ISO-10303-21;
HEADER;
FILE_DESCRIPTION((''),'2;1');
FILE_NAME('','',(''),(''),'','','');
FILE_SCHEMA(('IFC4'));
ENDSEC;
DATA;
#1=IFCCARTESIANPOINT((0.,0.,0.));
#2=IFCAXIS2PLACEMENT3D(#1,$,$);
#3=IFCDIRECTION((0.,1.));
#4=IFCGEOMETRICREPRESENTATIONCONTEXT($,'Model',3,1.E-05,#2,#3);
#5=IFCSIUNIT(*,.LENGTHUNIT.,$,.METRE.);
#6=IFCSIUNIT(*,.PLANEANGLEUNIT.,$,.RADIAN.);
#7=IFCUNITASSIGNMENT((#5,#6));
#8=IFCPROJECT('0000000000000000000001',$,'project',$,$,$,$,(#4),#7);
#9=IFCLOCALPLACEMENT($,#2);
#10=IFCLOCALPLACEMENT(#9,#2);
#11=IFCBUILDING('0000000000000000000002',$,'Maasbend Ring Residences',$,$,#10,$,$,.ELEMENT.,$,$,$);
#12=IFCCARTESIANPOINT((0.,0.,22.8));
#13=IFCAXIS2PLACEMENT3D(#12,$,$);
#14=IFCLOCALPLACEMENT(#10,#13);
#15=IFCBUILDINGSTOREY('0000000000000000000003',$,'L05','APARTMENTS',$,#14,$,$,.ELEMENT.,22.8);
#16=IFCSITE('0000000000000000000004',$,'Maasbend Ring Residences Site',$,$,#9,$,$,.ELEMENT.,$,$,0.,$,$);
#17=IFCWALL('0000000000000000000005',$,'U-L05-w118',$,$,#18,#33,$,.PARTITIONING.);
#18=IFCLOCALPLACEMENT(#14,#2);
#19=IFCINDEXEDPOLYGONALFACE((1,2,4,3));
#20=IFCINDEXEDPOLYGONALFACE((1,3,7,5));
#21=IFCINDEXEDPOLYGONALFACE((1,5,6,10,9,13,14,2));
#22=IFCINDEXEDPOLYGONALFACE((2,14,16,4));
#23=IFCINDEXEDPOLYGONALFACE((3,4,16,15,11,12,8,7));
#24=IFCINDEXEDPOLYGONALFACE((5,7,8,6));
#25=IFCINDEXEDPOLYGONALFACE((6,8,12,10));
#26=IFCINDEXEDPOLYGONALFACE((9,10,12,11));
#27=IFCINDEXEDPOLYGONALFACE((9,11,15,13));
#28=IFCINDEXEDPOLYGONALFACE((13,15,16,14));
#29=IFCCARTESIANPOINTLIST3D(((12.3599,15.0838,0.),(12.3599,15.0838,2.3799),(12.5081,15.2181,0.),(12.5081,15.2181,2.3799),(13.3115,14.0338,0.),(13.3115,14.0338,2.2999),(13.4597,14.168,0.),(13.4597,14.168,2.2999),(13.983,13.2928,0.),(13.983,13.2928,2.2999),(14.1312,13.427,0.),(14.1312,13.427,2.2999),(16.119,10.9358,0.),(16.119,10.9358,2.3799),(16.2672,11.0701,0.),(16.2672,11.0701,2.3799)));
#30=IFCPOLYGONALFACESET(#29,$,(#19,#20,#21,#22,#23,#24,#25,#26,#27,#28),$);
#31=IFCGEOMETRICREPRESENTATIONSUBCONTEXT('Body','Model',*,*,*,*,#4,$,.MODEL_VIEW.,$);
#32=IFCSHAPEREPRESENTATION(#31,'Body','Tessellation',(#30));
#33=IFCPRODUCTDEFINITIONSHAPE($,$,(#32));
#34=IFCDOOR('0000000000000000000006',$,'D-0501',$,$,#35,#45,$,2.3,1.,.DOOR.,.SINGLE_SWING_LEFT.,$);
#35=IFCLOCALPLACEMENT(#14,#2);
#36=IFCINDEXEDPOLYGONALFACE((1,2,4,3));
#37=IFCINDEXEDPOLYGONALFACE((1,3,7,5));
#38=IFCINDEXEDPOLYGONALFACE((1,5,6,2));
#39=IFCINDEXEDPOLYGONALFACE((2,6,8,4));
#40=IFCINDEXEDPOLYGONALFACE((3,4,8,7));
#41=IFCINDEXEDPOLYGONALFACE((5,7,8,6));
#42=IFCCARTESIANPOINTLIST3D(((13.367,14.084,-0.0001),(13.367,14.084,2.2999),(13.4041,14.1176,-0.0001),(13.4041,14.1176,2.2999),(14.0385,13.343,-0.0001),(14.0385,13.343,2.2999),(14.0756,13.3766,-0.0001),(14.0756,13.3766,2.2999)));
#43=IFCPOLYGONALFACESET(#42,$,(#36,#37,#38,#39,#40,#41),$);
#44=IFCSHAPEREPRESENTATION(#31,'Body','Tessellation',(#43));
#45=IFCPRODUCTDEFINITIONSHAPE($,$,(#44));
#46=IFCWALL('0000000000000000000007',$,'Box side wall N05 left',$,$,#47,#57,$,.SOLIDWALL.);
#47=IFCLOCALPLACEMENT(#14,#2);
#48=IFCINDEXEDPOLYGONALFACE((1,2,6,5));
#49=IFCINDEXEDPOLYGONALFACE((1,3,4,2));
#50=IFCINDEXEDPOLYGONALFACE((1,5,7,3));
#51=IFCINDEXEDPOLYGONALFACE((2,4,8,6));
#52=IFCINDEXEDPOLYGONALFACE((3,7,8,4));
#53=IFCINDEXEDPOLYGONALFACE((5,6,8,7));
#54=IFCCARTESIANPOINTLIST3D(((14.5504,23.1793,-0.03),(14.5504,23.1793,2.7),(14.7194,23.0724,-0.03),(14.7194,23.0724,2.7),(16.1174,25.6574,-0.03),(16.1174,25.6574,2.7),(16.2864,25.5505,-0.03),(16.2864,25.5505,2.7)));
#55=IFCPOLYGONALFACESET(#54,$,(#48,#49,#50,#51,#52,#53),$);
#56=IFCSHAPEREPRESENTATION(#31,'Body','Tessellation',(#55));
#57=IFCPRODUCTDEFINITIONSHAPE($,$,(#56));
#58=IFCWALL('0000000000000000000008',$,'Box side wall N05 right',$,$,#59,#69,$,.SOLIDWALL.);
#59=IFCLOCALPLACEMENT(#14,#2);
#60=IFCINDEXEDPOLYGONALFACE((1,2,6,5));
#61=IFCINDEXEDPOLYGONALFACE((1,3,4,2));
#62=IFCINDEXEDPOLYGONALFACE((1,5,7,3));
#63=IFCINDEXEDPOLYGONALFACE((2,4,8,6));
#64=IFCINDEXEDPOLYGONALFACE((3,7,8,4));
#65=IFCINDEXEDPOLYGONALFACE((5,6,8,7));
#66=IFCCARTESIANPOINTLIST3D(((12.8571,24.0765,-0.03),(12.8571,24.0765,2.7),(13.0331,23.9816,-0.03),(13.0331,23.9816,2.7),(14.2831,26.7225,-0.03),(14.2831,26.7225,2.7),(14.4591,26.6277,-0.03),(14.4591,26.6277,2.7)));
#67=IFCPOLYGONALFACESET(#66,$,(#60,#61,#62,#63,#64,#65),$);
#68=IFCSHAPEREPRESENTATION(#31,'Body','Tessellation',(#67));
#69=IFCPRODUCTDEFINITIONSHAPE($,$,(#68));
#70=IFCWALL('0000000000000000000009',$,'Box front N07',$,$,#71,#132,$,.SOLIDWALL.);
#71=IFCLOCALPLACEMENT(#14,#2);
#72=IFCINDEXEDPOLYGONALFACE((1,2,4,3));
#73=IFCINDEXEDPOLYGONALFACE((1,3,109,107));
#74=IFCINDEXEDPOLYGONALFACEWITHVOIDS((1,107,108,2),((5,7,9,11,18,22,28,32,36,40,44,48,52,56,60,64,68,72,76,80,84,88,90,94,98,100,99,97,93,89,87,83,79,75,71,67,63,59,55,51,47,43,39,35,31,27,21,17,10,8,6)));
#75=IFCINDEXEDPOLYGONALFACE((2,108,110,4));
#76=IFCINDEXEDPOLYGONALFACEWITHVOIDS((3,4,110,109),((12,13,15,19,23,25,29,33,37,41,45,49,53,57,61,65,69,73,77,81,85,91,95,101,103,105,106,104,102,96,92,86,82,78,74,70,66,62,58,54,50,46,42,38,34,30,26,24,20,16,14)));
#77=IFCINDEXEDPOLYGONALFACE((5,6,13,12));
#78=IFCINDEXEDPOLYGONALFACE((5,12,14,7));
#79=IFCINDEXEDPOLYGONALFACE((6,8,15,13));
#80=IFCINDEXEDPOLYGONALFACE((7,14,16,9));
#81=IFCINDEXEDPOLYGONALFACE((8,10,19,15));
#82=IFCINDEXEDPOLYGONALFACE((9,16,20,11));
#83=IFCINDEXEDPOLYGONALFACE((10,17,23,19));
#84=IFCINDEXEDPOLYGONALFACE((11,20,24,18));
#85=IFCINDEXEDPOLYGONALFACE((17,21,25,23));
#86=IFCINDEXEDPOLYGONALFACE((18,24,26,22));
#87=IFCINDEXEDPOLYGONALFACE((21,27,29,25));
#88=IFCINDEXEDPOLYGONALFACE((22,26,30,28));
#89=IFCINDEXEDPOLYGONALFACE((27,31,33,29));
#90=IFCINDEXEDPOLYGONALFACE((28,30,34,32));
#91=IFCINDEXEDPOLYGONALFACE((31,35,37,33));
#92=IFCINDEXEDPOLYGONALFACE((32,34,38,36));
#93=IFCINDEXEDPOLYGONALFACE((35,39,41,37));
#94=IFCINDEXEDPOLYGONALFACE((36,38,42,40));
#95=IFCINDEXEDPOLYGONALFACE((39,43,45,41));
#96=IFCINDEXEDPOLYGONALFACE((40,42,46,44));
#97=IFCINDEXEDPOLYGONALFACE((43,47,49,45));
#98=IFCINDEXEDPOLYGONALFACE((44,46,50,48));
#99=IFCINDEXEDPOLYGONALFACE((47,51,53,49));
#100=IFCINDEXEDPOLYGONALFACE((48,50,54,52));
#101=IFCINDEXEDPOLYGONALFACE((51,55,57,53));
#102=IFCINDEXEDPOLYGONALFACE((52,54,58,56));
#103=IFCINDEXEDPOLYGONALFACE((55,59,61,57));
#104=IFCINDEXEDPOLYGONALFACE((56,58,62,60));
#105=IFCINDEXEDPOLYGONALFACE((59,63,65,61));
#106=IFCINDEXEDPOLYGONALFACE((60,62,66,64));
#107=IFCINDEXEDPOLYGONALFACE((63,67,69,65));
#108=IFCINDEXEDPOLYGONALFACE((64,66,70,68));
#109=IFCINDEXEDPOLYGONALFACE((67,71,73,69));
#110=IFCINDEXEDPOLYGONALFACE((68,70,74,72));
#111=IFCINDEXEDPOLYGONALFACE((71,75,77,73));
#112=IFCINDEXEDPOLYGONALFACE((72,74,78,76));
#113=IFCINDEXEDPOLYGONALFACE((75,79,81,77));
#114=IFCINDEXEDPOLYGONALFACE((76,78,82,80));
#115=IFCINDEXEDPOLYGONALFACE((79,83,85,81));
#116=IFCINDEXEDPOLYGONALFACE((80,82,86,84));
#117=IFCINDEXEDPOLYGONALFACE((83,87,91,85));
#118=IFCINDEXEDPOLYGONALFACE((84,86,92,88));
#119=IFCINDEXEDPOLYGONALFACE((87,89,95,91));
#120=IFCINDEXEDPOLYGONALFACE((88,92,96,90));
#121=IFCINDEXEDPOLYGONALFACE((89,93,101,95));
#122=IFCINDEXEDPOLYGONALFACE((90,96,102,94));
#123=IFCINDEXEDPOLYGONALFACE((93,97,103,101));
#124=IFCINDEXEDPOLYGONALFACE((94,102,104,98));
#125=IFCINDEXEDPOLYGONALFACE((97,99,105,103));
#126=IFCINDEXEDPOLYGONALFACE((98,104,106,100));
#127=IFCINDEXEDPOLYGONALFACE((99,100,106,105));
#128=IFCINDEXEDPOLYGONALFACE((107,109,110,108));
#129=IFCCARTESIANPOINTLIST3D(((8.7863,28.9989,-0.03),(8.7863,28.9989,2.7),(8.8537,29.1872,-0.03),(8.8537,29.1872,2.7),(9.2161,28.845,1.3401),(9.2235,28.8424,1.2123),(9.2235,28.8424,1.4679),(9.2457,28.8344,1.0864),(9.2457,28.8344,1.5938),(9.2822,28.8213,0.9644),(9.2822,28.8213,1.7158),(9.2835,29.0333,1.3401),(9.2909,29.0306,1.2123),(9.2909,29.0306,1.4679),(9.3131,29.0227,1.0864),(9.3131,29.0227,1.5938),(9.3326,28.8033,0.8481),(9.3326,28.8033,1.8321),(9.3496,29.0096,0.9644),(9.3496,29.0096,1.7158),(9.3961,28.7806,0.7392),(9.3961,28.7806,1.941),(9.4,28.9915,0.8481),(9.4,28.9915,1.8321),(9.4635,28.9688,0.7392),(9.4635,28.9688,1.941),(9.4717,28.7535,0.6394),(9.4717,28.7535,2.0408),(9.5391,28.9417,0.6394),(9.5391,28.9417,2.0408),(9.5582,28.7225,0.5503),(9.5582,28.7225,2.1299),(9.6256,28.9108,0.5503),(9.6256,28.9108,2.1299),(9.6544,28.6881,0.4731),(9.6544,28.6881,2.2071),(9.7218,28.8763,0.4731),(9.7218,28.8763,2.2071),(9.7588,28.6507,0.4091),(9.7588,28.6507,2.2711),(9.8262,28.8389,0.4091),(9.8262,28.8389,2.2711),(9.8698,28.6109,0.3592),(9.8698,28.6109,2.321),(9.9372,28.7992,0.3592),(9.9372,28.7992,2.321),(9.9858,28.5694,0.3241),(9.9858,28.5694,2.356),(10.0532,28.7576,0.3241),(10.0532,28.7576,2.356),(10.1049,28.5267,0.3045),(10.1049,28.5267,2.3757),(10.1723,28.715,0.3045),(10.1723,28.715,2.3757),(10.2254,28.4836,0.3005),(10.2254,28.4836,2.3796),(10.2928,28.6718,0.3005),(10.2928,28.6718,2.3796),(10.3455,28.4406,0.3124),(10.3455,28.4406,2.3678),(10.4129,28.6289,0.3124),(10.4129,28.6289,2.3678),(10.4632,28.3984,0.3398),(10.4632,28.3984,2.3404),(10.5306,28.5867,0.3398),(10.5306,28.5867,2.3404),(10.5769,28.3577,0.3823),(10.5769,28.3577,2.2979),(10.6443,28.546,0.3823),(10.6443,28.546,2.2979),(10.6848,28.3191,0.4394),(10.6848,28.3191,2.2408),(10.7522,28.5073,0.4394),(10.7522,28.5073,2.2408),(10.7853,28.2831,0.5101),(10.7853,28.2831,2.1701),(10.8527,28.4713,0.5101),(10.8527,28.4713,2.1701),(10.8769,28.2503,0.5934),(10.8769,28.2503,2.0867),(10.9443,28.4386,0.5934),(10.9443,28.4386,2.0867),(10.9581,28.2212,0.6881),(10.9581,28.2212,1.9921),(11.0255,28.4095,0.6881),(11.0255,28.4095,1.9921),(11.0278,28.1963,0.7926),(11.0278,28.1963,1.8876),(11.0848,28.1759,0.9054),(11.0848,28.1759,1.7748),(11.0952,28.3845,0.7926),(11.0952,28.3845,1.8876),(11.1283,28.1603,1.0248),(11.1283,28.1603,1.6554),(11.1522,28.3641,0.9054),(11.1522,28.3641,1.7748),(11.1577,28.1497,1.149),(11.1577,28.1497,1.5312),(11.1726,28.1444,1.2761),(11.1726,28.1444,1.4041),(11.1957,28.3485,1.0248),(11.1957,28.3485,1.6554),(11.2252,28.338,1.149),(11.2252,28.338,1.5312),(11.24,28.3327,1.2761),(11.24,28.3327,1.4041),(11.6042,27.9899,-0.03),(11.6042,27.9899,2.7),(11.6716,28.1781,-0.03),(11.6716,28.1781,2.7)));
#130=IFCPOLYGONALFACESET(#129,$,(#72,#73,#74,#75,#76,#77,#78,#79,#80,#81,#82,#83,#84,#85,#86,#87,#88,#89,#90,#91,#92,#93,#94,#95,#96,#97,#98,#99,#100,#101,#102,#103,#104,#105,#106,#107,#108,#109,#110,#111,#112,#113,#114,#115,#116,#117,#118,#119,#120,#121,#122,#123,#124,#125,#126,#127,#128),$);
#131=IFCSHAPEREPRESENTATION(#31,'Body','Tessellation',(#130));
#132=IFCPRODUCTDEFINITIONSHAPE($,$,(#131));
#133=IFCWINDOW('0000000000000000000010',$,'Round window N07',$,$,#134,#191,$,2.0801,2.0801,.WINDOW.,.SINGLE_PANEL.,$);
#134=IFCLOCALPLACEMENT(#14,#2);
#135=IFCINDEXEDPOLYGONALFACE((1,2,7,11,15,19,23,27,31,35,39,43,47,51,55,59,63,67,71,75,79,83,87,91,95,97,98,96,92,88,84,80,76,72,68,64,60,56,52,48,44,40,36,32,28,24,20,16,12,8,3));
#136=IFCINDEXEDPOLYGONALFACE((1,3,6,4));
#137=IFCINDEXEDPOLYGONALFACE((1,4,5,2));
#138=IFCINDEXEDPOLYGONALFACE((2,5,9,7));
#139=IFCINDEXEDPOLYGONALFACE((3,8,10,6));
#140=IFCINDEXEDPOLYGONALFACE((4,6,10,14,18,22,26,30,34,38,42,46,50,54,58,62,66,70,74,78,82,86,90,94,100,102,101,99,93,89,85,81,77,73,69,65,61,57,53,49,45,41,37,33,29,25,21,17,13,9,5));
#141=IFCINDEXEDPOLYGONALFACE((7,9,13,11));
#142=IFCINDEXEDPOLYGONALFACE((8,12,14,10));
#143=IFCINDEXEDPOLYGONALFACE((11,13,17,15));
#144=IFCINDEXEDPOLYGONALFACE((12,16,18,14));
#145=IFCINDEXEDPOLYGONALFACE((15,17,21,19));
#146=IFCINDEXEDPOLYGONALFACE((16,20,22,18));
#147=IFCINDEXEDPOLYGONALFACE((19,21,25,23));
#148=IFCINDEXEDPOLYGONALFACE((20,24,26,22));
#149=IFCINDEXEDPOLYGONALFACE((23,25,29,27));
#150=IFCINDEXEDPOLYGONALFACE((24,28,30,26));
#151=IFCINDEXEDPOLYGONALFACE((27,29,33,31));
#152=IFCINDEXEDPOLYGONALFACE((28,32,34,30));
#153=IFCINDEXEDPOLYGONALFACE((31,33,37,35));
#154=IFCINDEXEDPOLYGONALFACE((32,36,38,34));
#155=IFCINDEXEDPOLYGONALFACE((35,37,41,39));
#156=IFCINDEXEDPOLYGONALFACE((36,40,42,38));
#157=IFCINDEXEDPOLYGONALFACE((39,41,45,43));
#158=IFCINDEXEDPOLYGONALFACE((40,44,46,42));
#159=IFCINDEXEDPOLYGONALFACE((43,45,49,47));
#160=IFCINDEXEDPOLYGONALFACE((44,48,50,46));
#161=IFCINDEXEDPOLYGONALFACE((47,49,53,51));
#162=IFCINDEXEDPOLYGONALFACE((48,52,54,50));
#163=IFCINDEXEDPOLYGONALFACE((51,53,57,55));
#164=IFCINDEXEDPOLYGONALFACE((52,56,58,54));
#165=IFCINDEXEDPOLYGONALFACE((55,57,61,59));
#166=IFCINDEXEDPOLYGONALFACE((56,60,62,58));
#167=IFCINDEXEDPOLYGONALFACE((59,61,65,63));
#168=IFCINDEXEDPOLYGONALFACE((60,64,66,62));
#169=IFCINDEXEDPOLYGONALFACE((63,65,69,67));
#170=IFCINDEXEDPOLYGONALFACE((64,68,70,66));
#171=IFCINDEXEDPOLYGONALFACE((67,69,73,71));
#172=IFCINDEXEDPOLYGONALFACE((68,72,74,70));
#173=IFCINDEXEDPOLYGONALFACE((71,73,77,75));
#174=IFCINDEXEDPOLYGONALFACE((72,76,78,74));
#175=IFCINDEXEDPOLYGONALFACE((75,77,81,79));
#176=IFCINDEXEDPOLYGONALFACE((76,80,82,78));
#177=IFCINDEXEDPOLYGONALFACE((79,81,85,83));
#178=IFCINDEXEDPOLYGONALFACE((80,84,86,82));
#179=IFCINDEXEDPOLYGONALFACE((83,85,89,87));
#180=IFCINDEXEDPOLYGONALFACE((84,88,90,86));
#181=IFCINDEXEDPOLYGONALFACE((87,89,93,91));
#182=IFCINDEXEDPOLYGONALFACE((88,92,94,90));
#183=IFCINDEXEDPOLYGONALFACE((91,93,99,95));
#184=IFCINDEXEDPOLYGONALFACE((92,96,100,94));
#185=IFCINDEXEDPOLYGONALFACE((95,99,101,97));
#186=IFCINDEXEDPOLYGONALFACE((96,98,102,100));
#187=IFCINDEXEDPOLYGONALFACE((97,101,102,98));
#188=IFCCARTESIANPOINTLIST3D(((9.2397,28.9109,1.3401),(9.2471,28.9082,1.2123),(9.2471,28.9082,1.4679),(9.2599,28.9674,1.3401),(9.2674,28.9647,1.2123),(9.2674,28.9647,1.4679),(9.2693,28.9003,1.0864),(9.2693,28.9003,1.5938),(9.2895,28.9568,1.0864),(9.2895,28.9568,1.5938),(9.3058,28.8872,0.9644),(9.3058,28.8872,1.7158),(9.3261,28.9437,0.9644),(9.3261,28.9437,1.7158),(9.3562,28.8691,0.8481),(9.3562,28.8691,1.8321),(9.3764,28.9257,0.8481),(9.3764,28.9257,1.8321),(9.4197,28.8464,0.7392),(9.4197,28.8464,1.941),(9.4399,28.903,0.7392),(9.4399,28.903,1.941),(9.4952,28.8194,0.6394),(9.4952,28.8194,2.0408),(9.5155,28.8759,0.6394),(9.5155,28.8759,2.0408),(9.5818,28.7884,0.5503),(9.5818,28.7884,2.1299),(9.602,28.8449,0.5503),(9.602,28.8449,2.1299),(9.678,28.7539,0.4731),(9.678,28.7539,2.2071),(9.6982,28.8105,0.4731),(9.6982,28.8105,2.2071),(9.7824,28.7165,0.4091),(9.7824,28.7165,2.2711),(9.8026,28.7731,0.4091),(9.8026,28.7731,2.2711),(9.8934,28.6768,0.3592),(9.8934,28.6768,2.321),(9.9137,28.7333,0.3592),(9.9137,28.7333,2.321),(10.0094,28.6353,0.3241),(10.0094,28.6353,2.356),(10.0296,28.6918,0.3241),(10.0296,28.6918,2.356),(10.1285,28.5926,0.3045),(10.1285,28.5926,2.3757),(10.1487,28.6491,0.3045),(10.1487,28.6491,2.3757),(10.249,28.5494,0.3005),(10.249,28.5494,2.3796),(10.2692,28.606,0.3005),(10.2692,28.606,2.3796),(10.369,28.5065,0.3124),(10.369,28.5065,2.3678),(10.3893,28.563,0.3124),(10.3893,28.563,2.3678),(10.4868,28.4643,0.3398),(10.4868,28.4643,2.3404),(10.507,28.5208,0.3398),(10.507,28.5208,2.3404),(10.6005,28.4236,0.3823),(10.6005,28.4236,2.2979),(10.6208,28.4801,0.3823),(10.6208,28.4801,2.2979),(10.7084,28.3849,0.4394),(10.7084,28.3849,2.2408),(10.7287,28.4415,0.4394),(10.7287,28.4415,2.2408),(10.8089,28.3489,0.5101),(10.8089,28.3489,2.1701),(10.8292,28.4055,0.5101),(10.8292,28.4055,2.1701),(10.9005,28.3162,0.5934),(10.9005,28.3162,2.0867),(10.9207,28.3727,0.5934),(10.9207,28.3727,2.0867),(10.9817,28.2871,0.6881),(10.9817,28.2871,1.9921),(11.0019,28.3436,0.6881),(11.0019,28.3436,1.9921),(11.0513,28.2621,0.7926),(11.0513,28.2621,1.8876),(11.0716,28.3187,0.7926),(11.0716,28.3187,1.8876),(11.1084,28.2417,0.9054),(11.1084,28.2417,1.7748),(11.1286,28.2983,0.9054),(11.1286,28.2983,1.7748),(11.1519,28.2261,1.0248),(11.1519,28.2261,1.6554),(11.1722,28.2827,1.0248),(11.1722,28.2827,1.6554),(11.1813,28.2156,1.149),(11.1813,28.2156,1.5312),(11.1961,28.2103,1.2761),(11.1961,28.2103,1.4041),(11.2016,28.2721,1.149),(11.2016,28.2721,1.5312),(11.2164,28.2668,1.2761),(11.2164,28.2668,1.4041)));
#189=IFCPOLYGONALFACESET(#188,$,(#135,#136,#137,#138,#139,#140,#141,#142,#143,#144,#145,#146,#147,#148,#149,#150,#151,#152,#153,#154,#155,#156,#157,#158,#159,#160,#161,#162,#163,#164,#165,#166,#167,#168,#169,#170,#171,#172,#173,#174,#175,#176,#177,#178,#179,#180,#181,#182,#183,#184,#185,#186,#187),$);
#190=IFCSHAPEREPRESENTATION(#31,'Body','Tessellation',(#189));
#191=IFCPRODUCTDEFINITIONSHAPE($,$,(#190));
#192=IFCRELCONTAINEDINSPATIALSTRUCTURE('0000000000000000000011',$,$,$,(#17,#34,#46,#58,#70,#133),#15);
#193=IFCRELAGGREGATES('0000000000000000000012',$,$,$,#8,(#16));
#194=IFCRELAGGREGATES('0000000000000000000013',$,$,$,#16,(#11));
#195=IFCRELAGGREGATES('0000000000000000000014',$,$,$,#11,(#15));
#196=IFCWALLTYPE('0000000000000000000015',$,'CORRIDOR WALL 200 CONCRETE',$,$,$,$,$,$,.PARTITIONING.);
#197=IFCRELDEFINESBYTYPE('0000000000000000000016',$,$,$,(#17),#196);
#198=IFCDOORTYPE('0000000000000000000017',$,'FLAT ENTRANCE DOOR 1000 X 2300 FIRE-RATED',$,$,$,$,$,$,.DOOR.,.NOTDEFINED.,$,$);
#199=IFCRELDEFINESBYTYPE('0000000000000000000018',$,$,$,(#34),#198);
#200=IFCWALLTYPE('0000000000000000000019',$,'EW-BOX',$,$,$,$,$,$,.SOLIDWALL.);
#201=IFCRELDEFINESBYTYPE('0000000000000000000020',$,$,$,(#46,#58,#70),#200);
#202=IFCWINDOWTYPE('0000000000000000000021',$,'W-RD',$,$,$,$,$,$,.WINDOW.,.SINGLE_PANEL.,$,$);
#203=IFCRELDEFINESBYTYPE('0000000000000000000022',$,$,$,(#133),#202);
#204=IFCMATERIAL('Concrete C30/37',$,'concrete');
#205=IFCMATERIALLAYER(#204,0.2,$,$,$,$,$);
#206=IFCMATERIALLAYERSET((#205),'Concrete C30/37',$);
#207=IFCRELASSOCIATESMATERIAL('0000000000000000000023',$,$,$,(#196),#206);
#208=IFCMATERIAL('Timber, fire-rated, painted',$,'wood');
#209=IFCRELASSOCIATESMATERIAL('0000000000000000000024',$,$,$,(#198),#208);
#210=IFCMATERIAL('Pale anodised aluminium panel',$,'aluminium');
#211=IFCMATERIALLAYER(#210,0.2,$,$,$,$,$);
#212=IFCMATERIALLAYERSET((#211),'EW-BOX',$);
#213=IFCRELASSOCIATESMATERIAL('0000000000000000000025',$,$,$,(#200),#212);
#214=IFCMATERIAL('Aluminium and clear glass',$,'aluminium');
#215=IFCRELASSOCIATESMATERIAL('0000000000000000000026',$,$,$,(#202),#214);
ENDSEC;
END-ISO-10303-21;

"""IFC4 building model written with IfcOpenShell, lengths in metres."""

from ifc_helpers import new_model, si_unit, direction, frame, frame_2d, origin, place, context, subcontext, project, spatial, rectangle, circle, extrude, material, layer, layer_set, type_object, element, fill, save


model = new_model("IFC4")

# Units and contexts
model_context = context("Model", 3, precision=1e-05, world=origin(), true_north=direction((0.0, 1.0)))
body_context = subcontext(model_context, "Body", "Model", "MODEL_VIEW")
ifc_project = project(units=[si_unit("LENGTHUNIT", "METRE"), si_unit("PLANEANGLEUNIT", "RADIAN")], contexts=[model_context])

# Site, building, storey
site_placement = place(None, origin())
site = spatial("IfcSite", under=ifc_project, at=site_placement, Name="Maasbend Ring Residences Site", CompositionType="ELEMENT", RefElevation=0.0)
building_placement = place(site_placement, origin())
building = spatial("IfcBuilding", under=site, at=building_placement, Name="Maasbend Ring Residences", CompositionType="ELEMENT")
storey_placement = place(building_placement, frame((0.0, 0.0, 22.8)))
storey = spatial("IfcBuildingStorey", under=building, at=storey_placement, Name="L05", Description="APARTMENTS", CompositionType="ELEMENT", Elevation=22.8)

# Shared definitions
ifc_material_1 = material(Name="Concrete C30/37", Category="concrete")
ifc_layer_1 = layer(ifc_material_1, 0.2)
ifc_layer_set_1 = layer_set([ifc_layer_1], Name="Concrete C30/37")
wall_type_1 = type_object("IfcWallType", Name="CORRIDOR WALL 200 CONCRETE", PredefinedType="PARTITIONING", material=ifc_layer_set_1)

# Wall, opening, door
wall_1_placement = place(storey_placement, frame((12.4341, 15.1509, 0.0), z_axis=(0.0, 0.0, 1.0), x_axis=(0.671515, -0.740991, 0.0)))
wall_1 = element("IfcWall", 1, at=wall_1_placement, inside=storey, type_object=wall_type_1, Name="U-L05-w118", PredefinedType="PARTITIONING", context=body_context, shape_type="SweptSolid", body=[
    extrude(rectangle(XDim=5.5979, YDim=0.2, at=frame_2d((2.7988, 0.0))), origin(), (0.0, 0.0, 1.0), 2.3799),
])
opening_1_placement = place(wall_1_placement, frame((1.417, 0.0, 0.0)))
opening_1 = element("IfcOpeningElement", 2, at=opening_1_placement, cuts=wall_1, PredefinedType="OPENING", context=body_context, shape_type="SweptSolid", body=[
    extrude(rectangle(XDim=1.0, YDim=2.3, at=frame_2d((0.5, 1.1499))), frame((0.0, 0.1099, 0.0), z_axis=(0.0, -1.0, 0.0), x_axis=(1.0, 0.0, 0.0)), (0.0, 0.0, 1.0), 0.22),
])
ifc_material_2 = material(Name="Timber, fire-rated, painted", Category="wood")
door_type_1 = type_object("IfcDoorType", Name="FLAT ENTRANCE DOOR 1000 X 2300 FIRE-RATED", OperationType="NOTDEFINED", PredefinedType="DOOR", material=ifc_material_2)
door_1_placement = place(opening_1_placement, origin())
door_1 = element("IfcDoor", 3, at=door_1_placement, inside=storey, type_object=door_type_1, Name="D-0501", OperationType="SINGLE_SWING_LEFT", OverallHeight=2.3, OverallWidth=1.0, PredefinedType="DOOR", context=body_context, shape_type="SweptSolid", body=[
    extrude(rectangle(XDim=1.0, YDim=2.3, at=frame_2d((0.5, 1.1499))), frame((0.0, 0.0249, 0.0), z_axis=(0.0, -1.0, 0.0), x_axis=(1.0, 0.0, 0.0)), (0.0, 0.0, 1.0), 0.05),
])
fill(opening_1, door_1)

# Walls
ifc_material_3 = material(Name="Pale anodised aluminium panel", Category="aluminium")
ifc_layer_2 = layer(ifc_material_3, 0.2)
ifc_layer_set_2 = layer_set([ifc_layer_2], Name="EW-BOX")
wall_type_2 = type_object("IfcWallType", Name="EW-BOX", PredefinedType="SOLIDWALL", material=ifc_layer_set_2)
wall_2_placement = place(storey_placement, frame((14.635, 23.126, -0.03), z_axis=(0.0, 0.0, 1.0), x_axis=(0.534438, 0.845208, 0.0)))
element("IfcWall", 4, at=wall_2_placement, inside=storey, type_object=wall_type_2, Name="Box side wall N05 left", PredefinedType="SOLIDWALL", context=body_context, shape_type="SweptSolid", body=[
    extrude(rectangle(XDim=2.9319, YDim=0.2, at=frame_2d((1.4658, 0.0))), origin(), (0.0, 0.0, 1.0), 2.73),
])
wall_3_placement = place(storey_placement, frame((12.9451, 24.0291, -0.03), z_axis=(0.0, 0.0, 1.0), x_axis=(0.474424, 0.880296, 0.0)))
element("IfcWall", 5, at=wall_3_placement, inside=storey, type_object=wall_type_2, Name="Box side wall N05 right", PredefinedType="SOLIDWALL", context=body_context, shape_type="SweptSolid", body=[
    extrude(rectangle(XDim=3.0059, YDim=0.2, at=frame_2d((1.5029, 0.0))), origin(), (0.0, 0.0, 1.0), 2.73),
])

# Wall, opening, window
wall_4_placement = place(storey_placement, frame((11.6379, 28.084, -0.03), z_axis=(0.0, 0.0, 1.0), x_axis=(-0.941461, 0.337122, 0.0)))
wall_4 = element("IfcWall", 6, at=wall_4_placement, inside=storey, type_object=wall_type_2, Name="Box front N07", PredefinedType="SOLIDWALL", context=body_context, shape_type="SweptSolid", body=[
    extrude(rectangle(XDim=2.9932, YDim=0.2, at=frame_2d((1.4966, 0.0))), origin(), (0.0, 0.0, 1.0), 2.73),
])
opening_2_placement = place(wall_4_placement, frame((0.4565, 0.0, 0.3301)))
opening_2 = element("IfcOpeningElement", 7, at=opening_2_placement, cuts=wall_4, PredefinedType="OPENING", context=body_context, shape_type="SweptSolid", body=[
    extrude(circle(Radius=1.04, at=frame_2d((1.04, 1.04))), frame((0.0, 0.1099, 0.0), z_axis=(0.0, -1.0, 0.0), x_axis=(1.0, 0.0, 0.0)), (0.0, 0.0, 1.0), 0.22),
])
ifc_material_4 = material(Name="Aluminium and clear glass", Category="aluminium")
window_type_1 = type_object("IfcWindowType", Name="W-RD", PartitioningType="SINGLE_PANEL", PredefinedType="WINDOW", material=ifc_material_4)
window_1_placement = place(opening_2_placement, origin())
window_1 = element("IfcWindow", 8, at=window_1_placement, inside=storey, type_object=window_type_1, Name="Round window N07", OverallHeight=2.0801, OverallWidth=2.0801, PartitioningType="SINGLE_PANEL", PredefinedType="WINDOW", context=body_context, shape_type="SweptSolid", body=[
    extrude(circle(Radius=1.04, at=frame_2d((1.04, 1.04))), frame((0.0, 0.03, 0.0), z_axis=(0.0, -1.0, 0.0), x_axis=(1.0, 0.0, 0.0)), (0.0, 0.0, 1.0), 0.0601),
])
fill(opening_2, window_1)

save(model, "model.ifc")
